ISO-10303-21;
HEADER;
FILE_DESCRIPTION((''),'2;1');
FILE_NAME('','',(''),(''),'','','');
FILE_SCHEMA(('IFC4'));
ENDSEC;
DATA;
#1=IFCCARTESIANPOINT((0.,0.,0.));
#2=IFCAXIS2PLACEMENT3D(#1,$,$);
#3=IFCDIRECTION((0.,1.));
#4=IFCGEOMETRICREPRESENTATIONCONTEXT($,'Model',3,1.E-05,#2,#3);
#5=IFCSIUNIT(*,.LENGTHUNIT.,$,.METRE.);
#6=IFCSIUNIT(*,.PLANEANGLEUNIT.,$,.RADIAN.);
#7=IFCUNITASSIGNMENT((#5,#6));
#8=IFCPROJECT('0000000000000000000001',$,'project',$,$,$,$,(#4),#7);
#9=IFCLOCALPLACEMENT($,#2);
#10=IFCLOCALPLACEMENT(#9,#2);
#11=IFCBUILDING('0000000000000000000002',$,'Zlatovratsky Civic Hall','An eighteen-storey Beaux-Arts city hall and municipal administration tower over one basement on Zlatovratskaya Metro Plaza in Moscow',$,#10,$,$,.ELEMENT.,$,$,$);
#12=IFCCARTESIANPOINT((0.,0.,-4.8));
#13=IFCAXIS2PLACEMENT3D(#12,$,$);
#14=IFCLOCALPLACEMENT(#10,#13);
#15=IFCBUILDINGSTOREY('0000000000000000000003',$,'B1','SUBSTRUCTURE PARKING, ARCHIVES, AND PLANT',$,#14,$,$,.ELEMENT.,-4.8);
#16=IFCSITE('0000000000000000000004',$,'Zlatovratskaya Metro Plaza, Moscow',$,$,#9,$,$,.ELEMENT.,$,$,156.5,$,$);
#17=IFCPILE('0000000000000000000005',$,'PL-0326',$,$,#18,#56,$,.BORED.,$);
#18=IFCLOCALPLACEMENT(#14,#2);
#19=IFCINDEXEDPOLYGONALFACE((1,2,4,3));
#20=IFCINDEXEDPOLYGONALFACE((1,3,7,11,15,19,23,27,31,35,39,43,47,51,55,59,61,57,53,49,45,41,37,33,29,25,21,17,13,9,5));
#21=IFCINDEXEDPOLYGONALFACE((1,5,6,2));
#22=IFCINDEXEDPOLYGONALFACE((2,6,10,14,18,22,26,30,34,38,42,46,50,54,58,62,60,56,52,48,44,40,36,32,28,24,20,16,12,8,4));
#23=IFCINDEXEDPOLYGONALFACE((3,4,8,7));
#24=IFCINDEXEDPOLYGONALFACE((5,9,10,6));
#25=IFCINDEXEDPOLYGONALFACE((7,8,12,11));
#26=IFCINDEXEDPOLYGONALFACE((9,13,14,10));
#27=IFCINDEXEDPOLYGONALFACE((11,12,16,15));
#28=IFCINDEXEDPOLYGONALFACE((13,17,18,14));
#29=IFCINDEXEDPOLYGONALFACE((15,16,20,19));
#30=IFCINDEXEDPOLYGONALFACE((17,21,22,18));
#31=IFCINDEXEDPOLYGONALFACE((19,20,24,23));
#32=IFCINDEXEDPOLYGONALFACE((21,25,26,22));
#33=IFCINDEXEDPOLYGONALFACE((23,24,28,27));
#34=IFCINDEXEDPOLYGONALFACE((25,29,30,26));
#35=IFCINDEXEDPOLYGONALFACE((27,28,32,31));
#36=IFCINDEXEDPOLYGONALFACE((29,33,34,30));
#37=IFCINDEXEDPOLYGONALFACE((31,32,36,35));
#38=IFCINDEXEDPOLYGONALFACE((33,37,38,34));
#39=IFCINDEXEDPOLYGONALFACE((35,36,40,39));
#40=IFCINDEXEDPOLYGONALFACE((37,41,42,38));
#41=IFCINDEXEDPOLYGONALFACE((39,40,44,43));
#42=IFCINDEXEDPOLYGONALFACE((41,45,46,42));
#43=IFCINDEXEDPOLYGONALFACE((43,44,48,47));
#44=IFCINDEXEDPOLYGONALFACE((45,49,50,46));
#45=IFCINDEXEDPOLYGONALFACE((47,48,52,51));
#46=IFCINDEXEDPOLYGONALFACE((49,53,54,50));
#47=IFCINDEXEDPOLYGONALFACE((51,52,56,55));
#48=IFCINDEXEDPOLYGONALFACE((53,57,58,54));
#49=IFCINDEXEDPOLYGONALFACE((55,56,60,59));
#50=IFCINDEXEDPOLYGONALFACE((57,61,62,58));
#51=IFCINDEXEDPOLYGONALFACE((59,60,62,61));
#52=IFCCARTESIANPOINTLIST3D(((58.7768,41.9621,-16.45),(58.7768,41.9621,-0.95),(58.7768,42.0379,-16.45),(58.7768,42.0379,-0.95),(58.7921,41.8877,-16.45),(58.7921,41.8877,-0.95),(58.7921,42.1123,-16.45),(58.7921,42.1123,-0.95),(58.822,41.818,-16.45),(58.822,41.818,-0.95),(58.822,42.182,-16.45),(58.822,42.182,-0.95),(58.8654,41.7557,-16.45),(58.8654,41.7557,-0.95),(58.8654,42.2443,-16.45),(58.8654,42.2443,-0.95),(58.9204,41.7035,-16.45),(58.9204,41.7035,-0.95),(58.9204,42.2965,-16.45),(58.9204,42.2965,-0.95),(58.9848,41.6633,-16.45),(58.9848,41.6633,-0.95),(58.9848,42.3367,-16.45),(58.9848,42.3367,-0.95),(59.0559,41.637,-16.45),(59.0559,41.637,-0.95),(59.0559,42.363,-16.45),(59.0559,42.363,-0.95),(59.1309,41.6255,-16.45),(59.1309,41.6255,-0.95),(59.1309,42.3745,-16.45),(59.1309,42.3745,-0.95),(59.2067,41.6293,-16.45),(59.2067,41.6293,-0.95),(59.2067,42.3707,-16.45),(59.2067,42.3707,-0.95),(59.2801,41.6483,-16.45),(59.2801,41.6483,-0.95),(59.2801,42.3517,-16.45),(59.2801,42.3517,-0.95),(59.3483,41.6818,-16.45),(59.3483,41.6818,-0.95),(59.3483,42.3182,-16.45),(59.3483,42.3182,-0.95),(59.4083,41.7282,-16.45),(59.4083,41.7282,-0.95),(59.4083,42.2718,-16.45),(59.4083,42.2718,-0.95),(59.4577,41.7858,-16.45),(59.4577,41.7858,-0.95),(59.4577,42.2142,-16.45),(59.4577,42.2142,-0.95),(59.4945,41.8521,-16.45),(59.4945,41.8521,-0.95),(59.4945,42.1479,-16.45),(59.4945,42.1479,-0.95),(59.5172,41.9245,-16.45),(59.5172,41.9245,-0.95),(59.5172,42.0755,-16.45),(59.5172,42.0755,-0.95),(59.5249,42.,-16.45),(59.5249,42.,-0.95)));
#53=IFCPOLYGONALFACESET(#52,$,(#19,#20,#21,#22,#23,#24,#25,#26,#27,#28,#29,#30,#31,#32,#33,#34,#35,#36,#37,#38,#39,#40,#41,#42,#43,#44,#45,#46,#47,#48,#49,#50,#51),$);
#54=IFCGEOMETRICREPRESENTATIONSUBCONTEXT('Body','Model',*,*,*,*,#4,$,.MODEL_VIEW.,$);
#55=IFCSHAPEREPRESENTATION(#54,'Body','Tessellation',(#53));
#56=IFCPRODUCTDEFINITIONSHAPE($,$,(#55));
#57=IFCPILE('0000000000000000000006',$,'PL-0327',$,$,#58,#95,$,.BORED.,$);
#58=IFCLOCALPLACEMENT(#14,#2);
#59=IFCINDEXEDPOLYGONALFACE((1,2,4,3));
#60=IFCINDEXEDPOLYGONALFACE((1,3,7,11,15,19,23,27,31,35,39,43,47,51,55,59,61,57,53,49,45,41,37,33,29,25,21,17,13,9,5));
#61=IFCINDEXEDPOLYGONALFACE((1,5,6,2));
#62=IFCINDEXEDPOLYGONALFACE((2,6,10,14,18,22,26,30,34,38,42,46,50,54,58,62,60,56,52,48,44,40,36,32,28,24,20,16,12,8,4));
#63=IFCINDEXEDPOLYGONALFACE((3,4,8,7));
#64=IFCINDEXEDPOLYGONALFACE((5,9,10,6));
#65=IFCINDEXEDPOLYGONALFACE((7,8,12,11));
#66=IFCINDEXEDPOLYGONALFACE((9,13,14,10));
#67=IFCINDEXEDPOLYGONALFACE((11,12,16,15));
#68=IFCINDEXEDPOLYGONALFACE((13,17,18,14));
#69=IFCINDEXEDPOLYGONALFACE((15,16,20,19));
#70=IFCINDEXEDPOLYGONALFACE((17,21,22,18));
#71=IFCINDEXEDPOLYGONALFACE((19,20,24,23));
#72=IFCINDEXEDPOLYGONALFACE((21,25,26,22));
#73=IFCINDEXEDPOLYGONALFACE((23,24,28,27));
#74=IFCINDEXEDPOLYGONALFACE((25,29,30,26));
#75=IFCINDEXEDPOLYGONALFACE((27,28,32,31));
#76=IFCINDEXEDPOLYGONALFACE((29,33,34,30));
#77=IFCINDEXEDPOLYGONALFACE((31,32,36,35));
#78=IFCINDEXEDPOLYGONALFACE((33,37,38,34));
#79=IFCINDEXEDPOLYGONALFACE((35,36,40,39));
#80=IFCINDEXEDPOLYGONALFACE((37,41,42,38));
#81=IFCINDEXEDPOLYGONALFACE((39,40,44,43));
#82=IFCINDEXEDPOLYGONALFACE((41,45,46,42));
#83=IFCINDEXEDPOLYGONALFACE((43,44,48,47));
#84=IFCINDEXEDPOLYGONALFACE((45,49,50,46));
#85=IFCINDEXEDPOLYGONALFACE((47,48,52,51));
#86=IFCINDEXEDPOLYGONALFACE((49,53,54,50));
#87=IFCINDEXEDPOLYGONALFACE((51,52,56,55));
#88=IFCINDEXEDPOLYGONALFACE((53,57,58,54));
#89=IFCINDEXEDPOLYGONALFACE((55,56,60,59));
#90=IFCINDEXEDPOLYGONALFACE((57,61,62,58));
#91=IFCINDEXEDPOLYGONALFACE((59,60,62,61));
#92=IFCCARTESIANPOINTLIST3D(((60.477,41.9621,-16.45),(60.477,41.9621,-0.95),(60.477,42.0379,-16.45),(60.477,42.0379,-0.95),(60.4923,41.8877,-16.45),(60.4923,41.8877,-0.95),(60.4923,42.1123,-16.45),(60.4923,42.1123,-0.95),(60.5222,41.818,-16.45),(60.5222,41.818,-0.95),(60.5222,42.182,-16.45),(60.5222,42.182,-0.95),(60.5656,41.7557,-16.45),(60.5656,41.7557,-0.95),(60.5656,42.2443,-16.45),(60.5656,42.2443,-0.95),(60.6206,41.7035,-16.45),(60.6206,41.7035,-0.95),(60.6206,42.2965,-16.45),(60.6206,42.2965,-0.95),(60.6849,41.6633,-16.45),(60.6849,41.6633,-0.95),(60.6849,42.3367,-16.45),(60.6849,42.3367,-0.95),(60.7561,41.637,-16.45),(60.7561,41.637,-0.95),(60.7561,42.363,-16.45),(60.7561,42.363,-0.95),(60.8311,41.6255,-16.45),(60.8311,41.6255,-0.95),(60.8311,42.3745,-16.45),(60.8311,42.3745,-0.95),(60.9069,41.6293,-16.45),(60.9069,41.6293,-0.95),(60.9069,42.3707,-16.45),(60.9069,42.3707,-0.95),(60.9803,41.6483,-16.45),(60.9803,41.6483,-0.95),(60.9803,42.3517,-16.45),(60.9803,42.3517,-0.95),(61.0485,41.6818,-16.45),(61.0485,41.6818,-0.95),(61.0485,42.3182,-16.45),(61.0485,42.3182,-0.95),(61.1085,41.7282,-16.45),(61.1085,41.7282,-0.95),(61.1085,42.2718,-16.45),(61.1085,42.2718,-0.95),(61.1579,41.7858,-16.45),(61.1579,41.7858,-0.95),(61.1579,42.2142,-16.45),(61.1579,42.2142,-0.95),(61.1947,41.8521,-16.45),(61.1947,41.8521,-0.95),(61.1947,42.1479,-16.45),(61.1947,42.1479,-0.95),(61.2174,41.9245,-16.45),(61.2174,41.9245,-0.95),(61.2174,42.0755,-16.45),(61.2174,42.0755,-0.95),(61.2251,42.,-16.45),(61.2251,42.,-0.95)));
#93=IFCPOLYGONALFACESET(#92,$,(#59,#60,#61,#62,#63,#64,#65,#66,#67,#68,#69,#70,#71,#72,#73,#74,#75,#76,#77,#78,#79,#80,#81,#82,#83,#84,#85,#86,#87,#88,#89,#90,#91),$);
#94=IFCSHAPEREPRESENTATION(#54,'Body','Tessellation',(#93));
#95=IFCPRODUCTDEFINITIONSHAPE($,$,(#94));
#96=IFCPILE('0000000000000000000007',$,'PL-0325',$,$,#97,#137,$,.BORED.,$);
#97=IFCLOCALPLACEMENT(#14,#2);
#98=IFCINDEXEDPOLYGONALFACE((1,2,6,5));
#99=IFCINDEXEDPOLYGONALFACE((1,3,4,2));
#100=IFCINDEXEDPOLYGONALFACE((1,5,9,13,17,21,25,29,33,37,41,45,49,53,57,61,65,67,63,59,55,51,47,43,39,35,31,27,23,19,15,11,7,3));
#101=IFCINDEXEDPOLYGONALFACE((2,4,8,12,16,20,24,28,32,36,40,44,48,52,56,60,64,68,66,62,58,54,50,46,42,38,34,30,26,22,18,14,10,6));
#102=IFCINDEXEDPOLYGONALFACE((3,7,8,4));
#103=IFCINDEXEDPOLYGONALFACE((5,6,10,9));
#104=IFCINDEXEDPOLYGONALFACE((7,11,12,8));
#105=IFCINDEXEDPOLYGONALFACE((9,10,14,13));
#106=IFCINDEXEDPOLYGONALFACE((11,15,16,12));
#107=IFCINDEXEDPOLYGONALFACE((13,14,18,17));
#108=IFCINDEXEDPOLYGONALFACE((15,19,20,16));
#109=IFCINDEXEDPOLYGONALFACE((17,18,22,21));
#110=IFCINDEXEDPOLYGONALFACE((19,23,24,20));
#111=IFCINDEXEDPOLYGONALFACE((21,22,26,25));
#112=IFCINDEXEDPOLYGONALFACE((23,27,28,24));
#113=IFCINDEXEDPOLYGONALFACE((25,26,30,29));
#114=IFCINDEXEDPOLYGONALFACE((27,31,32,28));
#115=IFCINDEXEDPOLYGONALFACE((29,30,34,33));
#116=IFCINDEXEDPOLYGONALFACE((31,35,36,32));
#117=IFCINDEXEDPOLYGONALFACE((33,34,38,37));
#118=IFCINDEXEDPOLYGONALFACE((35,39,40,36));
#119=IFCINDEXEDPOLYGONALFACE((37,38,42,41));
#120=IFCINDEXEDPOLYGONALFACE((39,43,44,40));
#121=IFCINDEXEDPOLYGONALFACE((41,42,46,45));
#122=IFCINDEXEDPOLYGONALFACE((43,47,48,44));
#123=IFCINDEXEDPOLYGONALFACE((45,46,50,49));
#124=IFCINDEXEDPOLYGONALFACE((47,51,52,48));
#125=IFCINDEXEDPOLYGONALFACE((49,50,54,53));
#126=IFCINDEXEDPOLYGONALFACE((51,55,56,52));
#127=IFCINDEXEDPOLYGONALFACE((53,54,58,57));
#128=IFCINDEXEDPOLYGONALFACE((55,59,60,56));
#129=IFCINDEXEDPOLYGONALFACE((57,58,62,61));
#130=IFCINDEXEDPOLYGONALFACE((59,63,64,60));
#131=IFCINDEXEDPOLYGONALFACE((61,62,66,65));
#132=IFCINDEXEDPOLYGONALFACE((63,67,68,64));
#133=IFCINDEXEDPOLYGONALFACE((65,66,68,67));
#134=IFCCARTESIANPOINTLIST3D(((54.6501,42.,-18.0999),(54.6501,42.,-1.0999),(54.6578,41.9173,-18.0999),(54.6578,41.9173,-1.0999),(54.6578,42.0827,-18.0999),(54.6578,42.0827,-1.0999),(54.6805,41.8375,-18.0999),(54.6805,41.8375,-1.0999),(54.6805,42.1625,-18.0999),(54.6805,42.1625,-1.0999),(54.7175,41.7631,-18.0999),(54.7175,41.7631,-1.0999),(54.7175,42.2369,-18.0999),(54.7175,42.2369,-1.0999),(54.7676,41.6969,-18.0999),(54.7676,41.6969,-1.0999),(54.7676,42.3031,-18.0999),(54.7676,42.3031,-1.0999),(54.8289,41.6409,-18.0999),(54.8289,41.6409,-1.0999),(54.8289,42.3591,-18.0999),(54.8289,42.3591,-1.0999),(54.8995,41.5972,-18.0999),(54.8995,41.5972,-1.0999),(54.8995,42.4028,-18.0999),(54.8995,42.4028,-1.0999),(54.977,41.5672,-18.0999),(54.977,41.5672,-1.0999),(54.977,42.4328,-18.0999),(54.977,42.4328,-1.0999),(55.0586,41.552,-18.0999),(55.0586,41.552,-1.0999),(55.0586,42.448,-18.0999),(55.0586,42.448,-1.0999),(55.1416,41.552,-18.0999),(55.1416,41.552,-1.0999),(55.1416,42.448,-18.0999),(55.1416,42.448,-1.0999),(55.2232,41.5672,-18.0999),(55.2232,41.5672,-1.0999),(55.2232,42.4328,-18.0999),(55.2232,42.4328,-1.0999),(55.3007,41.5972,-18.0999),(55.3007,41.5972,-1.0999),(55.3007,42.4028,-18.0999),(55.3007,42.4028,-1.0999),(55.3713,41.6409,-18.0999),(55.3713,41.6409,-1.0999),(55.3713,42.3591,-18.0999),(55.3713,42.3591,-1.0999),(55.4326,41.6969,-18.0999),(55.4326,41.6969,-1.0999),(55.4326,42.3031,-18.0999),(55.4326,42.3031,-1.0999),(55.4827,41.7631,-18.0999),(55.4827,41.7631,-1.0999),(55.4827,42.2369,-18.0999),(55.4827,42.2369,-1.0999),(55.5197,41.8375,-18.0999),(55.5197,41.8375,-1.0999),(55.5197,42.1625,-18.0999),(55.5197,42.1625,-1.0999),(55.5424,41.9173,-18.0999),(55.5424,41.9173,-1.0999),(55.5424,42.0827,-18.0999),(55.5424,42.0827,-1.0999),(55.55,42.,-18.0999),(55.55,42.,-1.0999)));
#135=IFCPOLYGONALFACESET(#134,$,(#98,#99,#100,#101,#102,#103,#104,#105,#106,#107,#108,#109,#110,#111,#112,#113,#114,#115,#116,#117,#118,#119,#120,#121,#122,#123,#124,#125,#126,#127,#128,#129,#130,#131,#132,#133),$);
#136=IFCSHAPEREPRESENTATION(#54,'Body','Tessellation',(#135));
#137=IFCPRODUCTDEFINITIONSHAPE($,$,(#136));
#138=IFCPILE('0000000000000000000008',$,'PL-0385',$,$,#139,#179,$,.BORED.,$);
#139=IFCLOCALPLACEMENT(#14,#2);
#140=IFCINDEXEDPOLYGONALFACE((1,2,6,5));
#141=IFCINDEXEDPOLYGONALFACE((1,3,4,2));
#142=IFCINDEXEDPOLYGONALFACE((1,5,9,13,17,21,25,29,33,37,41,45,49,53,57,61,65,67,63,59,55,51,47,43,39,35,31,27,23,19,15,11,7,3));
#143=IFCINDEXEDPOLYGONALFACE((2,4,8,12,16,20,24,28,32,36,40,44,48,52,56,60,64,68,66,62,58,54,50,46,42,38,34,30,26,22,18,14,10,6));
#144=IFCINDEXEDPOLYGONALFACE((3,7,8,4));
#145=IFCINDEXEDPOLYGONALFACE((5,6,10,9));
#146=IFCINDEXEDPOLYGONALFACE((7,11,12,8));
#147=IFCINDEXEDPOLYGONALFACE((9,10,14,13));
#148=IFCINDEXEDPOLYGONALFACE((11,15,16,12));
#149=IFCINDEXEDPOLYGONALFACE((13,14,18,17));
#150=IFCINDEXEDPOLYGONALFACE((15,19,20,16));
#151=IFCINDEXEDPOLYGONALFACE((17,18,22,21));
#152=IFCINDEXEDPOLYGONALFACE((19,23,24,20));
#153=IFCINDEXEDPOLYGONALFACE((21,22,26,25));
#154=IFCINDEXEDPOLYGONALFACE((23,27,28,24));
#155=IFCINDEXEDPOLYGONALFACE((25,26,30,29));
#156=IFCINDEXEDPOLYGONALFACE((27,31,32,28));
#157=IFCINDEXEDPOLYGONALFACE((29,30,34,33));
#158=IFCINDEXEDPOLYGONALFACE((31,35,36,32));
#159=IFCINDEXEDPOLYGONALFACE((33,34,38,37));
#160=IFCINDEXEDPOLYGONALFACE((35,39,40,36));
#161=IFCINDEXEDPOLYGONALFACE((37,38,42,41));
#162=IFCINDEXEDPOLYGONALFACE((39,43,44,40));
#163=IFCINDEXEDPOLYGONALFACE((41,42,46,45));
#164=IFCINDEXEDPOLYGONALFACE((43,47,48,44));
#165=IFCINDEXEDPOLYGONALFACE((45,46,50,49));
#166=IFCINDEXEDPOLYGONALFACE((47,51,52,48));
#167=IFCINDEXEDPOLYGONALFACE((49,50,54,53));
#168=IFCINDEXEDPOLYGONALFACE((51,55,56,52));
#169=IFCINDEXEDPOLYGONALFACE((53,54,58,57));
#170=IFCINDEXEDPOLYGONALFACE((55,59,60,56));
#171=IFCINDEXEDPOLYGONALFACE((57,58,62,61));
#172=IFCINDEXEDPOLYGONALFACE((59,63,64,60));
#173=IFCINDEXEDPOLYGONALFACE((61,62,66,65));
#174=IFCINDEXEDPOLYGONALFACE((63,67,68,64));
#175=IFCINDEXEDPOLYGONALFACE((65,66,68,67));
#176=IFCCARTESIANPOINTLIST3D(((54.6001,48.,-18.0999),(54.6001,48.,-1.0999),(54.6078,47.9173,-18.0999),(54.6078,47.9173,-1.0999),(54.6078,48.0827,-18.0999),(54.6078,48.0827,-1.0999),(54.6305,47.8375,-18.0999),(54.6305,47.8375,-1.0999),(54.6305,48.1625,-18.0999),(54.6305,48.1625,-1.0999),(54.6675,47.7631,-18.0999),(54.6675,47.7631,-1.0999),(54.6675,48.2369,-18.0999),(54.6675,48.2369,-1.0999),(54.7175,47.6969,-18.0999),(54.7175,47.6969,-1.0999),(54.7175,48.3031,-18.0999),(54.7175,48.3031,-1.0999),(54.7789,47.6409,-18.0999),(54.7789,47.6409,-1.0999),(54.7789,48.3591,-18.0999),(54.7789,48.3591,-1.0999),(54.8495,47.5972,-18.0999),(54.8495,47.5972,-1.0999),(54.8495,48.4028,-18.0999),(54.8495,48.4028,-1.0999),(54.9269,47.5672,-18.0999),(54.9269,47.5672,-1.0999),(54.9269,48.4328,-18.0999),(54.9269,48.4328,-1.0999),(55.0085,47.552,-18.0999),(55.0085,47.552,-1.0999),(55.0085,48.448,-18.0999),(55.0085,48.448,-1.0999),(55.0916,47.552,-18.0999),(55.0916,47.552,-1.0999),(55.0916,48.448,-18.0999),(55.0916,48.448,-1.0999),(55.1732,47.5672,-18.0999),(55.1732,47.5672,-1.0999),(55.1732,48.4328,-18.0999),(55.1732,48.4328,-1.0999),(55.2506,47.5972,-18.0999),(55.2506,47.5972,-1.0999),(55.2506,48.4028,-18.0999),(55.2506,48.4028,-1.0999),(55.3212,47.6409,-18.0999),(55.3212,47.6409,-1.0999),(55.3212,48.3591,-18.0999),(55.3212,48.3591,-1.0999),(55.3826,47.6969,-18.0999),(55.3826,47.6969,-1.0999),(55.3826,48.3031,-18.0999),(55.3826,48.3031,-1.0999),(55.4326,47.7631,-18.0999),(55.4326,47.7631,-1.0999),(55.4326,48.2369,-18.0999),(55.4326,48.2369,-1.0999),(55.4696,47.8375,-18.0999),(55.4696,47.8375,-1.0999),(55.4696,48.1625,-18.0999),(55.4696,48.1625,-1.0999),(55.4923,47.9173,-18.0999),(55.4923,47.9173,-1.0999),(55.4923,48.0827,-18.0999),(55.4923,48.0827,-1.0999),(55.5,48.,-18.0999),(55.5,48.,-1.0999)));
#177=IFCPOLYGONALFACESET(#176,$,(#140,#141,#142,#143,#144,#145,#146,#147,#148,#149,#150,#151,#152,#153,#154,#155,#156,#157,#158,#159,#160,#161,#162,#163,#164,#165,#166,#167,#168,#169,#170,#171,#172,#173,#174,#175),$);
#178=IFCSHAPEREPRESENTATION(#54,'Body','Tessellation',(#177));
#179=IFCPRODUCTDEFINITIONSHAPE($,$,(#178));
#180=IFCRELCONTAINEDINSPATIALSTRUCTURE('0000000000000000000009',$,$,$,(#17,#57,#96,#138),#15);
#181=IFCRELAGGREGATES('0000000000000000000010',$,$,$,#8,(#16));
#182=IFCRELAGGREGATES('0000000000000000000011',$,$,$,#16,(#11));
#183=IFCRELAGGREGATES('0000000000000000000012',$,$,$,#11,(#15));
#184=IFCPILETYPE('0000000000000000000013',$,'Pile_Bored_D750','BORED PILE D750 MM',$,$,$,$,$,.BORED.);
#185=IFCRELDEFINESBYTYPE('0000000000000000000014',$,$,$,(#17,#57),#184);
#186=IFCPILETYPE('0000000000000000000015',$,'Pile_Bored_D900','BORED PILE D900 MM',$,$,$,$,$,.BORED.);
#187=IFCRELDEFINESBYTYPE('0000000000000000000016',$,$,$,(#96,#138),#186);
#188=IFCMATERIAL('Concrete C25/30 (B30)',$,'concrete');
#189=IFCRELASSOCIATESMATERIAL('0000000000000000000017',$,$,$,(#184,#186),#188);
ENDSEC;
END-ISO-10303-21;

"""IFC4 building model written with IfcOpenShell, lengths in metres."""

from ifc_helpers import new_model, si_unit, direction, frame, origin, origin_2d, place, context, subcontext, project, spatial, circle, extrude, material, material_profile, profile_set, type_object, element, save


model = new_model("IFC4")

# Units and contexts
model_context = context("Model", 3, precision=1e-05, world=origin(), true_north=direction((0.0, 1.0)))
body_context = subcontext(model_context, "Body", "Model", "MODEL_VIEW")
ifc_project = project(units=[si_unit("LENGTHUNIT", "METRE"), si_unit("PLANEANGLEUNIT", "RADIAN")], contexts=[model_context])

# Site, building, storey
site_placement = place(None, origin())
site = spatial("IfcSite", under=ifc_project, at=site_placement, Name="Zlatovratskaya Metro Plaza, Moscow", CompositionType="ELEMENT", RefElevation=156.5)
building_placement = place(site_placement, origin())
building = spatial("IfcBuilding", under=site, at=building_placement, Name="Zlatovratsky Civic Hall", Description="An eighteen-storey Beaux-Arts city hall and municipal administration tower over one basement on Zlatovratskaya Metro Plaza in Moscow", CompositionType="ELEMENT")
storey_placement = place(building_placement, frame((0.0, 0.0, -4.8)))
storey = spatial("IfcBuildingStorey", under=building, at=storey_placement, Name="B1", Description="SUBSTRUCTURE PARKING, ARCHIVES, AND PLANT", CompositionType="ELEMENT", Elevation=-4.8)

# Shared definitions
ifc_material_1 = material(Name="Concrete C25/30 (B30)", Category="concrete")

# Piles
ifc_material_profile_1 = material_profile(ifc_material_1, circle(Radius=0.375, at=origin_2d()), Name="PILE D750")
ifc_profile_set_1 = profile_set([ifc_material_profile_1], Name="Concrete C25/30 (B30)")
pile_type_1 = type_object("IfcPileType", Name="Pile_Bored_D750", Description="BORED PILE D750 MM", PredefinedType="BORED", material=ifc_profile_set_1)
for number, where, z_axis, x_axis, name in (
    (1, (59.1499, 42.0, -0.95), (0.0, 0.0, -1.0), (1.0, 0.0, 0.0), "PL-0326"),
    (2, (60.8501, 42.0, -0.95), (0.0, 0.0, -1.0), (1.0, 0.0, 0.0), "PL-0327"),
):
    element("IfcPile", number, at=place(storey_placement, frame(where, z_axis=z_axis, x_axis=x_axis)), inside=storey, type_object=pile_type_1, Name=name, PredefinedType="BORED", context=body_context, shape_type="SweptSolid", body=[
        extrude(circle(Radius=0.375, at=origin_2d()), origin(), (0.0, 0.0, 1.0), 15.5),
    ])
ifc_material_profile_2 = material_profile(ifc_material_1, circle(Radius=0.45, at=origin_2d()), Name="PILE D900")
ifc_profile_set_2 = profile_set([ifc_material_profile_2], Name="Concrete C25/30 (B30)")
pile_type_2 = type_object("IfcPileType", Name="Pile_Bored_D900", Description="BORED PILE D900 MM", PredefinedType="BORED", material=ifc_profile_set_2)
for number, where, z_axis, x_axis, name in (
    (3, (55.1001, 42.0, -1.0999), (0.0, 0.0, -1.0), (1.0, 0.0, 0.0), "PL-0325"),
    (4, (55.05, 48.0, -1.0999), (0.0, 0.0, -1.0), (1.0, 0.0, 0.0), "PL-0385"),
):
    element("IfcPile", number, at=place(storey_placement, frame(where, z_axis=z_axis, x_axis=x_axis)), inside=storey, type_object=pile_type_2, Name=name, PredefinedType="BORED", context=body_context, shape_type="SweptSolid", body=[
        extrude(circle(Radius=0.45, at=origin_2d()), origin(), (0.0, 0.0, 1.0), 17.0),
    ])

save(model, "model.ifc")
